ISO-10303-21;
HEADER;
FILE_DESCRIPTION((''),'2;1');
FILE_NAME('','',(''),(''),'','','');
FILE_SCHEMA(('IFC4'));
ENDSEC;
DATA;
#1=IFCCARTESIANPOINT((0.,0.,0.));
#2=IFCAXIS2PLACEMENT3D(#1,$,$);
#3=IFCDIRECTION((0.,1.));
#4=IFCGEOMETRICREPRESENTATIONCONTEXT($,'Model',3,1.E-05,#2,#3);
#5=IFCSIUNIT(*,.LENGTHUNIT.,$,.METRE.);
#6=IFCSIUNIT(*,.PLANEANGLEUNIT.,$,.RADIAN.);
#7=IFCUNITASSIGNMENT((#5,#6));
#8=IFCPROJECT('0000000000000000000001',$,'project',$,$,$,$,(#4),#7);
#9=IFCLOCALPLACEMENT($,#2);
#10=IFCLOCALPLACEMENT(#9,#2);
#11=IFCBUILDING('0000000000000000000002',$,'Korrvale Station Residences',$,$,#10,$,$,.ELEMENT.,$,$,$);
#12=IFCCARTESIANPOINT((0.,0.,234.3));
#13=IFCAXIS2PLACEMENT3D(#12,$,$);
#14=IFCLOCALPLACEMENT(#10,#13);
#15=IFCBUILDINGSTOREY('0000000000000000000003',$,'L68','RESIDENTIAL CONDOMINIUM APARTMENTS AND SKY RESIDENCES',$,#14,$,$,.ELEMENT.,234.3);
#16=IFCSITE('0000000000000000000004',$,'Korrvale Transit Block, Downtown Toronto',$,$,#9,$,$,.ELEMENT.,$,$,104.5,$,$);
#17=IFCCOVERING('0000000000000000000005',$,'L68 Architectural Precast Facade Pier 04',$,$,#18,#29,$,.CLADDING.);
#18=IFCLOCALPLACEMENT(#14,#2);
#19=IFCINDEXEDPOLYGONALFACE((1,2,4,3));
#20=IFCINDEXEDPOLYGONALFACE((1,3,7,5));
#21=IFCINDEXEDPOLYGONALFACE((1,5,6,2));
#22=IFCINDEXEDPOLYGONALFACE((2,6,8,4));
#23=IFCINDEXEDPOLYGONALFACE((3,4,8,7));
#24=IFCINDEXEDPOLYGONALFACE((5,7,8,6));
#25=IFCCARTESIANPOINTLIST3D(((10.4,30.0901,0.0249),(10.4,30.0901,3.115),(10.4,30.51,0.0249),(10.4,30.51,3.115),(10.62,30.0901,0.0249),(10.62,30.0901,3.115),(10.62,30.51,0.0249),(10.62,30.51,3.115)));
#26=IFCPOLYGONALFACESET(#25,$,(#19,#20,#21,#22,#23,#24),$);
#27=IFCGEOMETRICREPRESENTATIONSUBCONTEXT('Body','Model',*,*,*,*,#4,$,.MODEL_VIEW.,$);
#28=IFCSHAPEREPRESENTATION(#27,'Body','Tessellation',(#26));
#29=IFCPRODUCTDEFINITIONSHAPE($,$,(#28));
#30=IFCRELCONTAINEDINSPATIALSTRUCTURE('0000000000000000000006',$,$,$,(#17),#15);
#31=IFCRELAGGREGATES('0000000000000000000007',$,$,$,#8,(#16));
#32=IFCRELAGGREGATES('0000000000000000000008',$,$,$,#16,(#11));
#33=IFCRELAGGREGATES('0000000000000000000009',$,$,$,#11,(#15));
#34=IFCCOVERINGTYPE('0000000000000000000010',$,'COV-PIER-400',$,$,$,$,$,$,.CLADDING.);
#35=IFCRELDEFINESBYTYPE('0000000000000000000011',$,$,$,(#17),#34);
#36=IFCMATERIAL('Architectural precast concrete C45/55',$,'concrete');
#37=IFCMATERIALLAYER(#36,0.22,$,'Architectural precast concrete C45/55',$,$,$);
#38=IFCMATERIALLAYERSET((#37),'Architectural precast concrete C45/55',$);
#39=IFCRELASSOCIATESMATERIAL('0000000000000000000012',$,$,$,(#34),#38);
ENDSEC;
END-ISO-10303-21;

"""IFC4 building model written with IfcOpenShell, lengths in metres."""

from ifc_helpers import new_model, si_unit, direction, frame, origin, origin_2d, place, context, subcontext, project, spatial, rectangle, extrude, material, layer, layer_set, type_object, element, save


model = new_model("IFC4")

# Units and contexts
model_context = context("Model", 3, precision=1e-05, world=origin(), true_north=direction((0.0, 1.0)))
body_context = subcontext(model_context, "Body", "Model", "MODEL_VIEW")
ifc_project = project(units=[si_unit("LENGTHUNIT", "METRE"), si_unit("PLANEANGLEUNIT", "RADIAN")], contexts=[model_context])

# Site, building, storey
site_placement = place(None, origin())
site = spatial("IfcSite", under=ifc_project, at=site_placement, Name="Korrvale Transit Block, Downtown Toronto", CompositionType="ELEMENT", RefElevation=104.5)
building_placement = place(site_placement, origin())
building = spatial("IfcBuilding", under=site, at=building_placement, Name="Korrvale Station Residences", CompositionType="ELEMENT")
storey_placement = place(building_placement, frame((0.0, 0.0, 234.3)))
storey = spatial("IfcBuildingStorey", under=building, at=storey_placement, Name="L68", Description="RESIDENTIAL CONDOMINIUM APARTMENTS AND SKY RESIDENCES", CompositionType="ELEMENT", Elevation=234.3)

# Covering
ifc_material_1 = material(Name="Architectural precast concrete C45/55", Category="concrete")
ifc_layer_1 = layer(ifc_material_1, 0.22, Name="Architectural precast concrete C45/55")
ifc_layer_set_1 = layer_set([ifc_layer_1], Name="Architectural precast concrete C45/55")
covering_type = type_object("IfcCoveringType", Name="COV-PIER-400", PredefinedType="CLADDING", material=ifc_layer_set_1)
covering_placement = place(storey_placement, frame((10.51, 30.3, 0.0249), z_axis=(0.0, 0.0, 1.0), x_axis=(0.0, 1.0, 0.0)))
element("IfcCovering", 1, at=covering_placement, inside=storey, type_object=covering_type, Name="L68 Architectural Precast Facade Pier 04", PredefinedType="CLADDING", context=body_context, shape_type="SweptSolid", body=[
    extrude(rectangle(XDim=0.4199, YDim=0.22, at=origin_2d()), origin(), (0.0, 0.0, 1.0), 3.0901),
])

save(model, "model.ifc")
